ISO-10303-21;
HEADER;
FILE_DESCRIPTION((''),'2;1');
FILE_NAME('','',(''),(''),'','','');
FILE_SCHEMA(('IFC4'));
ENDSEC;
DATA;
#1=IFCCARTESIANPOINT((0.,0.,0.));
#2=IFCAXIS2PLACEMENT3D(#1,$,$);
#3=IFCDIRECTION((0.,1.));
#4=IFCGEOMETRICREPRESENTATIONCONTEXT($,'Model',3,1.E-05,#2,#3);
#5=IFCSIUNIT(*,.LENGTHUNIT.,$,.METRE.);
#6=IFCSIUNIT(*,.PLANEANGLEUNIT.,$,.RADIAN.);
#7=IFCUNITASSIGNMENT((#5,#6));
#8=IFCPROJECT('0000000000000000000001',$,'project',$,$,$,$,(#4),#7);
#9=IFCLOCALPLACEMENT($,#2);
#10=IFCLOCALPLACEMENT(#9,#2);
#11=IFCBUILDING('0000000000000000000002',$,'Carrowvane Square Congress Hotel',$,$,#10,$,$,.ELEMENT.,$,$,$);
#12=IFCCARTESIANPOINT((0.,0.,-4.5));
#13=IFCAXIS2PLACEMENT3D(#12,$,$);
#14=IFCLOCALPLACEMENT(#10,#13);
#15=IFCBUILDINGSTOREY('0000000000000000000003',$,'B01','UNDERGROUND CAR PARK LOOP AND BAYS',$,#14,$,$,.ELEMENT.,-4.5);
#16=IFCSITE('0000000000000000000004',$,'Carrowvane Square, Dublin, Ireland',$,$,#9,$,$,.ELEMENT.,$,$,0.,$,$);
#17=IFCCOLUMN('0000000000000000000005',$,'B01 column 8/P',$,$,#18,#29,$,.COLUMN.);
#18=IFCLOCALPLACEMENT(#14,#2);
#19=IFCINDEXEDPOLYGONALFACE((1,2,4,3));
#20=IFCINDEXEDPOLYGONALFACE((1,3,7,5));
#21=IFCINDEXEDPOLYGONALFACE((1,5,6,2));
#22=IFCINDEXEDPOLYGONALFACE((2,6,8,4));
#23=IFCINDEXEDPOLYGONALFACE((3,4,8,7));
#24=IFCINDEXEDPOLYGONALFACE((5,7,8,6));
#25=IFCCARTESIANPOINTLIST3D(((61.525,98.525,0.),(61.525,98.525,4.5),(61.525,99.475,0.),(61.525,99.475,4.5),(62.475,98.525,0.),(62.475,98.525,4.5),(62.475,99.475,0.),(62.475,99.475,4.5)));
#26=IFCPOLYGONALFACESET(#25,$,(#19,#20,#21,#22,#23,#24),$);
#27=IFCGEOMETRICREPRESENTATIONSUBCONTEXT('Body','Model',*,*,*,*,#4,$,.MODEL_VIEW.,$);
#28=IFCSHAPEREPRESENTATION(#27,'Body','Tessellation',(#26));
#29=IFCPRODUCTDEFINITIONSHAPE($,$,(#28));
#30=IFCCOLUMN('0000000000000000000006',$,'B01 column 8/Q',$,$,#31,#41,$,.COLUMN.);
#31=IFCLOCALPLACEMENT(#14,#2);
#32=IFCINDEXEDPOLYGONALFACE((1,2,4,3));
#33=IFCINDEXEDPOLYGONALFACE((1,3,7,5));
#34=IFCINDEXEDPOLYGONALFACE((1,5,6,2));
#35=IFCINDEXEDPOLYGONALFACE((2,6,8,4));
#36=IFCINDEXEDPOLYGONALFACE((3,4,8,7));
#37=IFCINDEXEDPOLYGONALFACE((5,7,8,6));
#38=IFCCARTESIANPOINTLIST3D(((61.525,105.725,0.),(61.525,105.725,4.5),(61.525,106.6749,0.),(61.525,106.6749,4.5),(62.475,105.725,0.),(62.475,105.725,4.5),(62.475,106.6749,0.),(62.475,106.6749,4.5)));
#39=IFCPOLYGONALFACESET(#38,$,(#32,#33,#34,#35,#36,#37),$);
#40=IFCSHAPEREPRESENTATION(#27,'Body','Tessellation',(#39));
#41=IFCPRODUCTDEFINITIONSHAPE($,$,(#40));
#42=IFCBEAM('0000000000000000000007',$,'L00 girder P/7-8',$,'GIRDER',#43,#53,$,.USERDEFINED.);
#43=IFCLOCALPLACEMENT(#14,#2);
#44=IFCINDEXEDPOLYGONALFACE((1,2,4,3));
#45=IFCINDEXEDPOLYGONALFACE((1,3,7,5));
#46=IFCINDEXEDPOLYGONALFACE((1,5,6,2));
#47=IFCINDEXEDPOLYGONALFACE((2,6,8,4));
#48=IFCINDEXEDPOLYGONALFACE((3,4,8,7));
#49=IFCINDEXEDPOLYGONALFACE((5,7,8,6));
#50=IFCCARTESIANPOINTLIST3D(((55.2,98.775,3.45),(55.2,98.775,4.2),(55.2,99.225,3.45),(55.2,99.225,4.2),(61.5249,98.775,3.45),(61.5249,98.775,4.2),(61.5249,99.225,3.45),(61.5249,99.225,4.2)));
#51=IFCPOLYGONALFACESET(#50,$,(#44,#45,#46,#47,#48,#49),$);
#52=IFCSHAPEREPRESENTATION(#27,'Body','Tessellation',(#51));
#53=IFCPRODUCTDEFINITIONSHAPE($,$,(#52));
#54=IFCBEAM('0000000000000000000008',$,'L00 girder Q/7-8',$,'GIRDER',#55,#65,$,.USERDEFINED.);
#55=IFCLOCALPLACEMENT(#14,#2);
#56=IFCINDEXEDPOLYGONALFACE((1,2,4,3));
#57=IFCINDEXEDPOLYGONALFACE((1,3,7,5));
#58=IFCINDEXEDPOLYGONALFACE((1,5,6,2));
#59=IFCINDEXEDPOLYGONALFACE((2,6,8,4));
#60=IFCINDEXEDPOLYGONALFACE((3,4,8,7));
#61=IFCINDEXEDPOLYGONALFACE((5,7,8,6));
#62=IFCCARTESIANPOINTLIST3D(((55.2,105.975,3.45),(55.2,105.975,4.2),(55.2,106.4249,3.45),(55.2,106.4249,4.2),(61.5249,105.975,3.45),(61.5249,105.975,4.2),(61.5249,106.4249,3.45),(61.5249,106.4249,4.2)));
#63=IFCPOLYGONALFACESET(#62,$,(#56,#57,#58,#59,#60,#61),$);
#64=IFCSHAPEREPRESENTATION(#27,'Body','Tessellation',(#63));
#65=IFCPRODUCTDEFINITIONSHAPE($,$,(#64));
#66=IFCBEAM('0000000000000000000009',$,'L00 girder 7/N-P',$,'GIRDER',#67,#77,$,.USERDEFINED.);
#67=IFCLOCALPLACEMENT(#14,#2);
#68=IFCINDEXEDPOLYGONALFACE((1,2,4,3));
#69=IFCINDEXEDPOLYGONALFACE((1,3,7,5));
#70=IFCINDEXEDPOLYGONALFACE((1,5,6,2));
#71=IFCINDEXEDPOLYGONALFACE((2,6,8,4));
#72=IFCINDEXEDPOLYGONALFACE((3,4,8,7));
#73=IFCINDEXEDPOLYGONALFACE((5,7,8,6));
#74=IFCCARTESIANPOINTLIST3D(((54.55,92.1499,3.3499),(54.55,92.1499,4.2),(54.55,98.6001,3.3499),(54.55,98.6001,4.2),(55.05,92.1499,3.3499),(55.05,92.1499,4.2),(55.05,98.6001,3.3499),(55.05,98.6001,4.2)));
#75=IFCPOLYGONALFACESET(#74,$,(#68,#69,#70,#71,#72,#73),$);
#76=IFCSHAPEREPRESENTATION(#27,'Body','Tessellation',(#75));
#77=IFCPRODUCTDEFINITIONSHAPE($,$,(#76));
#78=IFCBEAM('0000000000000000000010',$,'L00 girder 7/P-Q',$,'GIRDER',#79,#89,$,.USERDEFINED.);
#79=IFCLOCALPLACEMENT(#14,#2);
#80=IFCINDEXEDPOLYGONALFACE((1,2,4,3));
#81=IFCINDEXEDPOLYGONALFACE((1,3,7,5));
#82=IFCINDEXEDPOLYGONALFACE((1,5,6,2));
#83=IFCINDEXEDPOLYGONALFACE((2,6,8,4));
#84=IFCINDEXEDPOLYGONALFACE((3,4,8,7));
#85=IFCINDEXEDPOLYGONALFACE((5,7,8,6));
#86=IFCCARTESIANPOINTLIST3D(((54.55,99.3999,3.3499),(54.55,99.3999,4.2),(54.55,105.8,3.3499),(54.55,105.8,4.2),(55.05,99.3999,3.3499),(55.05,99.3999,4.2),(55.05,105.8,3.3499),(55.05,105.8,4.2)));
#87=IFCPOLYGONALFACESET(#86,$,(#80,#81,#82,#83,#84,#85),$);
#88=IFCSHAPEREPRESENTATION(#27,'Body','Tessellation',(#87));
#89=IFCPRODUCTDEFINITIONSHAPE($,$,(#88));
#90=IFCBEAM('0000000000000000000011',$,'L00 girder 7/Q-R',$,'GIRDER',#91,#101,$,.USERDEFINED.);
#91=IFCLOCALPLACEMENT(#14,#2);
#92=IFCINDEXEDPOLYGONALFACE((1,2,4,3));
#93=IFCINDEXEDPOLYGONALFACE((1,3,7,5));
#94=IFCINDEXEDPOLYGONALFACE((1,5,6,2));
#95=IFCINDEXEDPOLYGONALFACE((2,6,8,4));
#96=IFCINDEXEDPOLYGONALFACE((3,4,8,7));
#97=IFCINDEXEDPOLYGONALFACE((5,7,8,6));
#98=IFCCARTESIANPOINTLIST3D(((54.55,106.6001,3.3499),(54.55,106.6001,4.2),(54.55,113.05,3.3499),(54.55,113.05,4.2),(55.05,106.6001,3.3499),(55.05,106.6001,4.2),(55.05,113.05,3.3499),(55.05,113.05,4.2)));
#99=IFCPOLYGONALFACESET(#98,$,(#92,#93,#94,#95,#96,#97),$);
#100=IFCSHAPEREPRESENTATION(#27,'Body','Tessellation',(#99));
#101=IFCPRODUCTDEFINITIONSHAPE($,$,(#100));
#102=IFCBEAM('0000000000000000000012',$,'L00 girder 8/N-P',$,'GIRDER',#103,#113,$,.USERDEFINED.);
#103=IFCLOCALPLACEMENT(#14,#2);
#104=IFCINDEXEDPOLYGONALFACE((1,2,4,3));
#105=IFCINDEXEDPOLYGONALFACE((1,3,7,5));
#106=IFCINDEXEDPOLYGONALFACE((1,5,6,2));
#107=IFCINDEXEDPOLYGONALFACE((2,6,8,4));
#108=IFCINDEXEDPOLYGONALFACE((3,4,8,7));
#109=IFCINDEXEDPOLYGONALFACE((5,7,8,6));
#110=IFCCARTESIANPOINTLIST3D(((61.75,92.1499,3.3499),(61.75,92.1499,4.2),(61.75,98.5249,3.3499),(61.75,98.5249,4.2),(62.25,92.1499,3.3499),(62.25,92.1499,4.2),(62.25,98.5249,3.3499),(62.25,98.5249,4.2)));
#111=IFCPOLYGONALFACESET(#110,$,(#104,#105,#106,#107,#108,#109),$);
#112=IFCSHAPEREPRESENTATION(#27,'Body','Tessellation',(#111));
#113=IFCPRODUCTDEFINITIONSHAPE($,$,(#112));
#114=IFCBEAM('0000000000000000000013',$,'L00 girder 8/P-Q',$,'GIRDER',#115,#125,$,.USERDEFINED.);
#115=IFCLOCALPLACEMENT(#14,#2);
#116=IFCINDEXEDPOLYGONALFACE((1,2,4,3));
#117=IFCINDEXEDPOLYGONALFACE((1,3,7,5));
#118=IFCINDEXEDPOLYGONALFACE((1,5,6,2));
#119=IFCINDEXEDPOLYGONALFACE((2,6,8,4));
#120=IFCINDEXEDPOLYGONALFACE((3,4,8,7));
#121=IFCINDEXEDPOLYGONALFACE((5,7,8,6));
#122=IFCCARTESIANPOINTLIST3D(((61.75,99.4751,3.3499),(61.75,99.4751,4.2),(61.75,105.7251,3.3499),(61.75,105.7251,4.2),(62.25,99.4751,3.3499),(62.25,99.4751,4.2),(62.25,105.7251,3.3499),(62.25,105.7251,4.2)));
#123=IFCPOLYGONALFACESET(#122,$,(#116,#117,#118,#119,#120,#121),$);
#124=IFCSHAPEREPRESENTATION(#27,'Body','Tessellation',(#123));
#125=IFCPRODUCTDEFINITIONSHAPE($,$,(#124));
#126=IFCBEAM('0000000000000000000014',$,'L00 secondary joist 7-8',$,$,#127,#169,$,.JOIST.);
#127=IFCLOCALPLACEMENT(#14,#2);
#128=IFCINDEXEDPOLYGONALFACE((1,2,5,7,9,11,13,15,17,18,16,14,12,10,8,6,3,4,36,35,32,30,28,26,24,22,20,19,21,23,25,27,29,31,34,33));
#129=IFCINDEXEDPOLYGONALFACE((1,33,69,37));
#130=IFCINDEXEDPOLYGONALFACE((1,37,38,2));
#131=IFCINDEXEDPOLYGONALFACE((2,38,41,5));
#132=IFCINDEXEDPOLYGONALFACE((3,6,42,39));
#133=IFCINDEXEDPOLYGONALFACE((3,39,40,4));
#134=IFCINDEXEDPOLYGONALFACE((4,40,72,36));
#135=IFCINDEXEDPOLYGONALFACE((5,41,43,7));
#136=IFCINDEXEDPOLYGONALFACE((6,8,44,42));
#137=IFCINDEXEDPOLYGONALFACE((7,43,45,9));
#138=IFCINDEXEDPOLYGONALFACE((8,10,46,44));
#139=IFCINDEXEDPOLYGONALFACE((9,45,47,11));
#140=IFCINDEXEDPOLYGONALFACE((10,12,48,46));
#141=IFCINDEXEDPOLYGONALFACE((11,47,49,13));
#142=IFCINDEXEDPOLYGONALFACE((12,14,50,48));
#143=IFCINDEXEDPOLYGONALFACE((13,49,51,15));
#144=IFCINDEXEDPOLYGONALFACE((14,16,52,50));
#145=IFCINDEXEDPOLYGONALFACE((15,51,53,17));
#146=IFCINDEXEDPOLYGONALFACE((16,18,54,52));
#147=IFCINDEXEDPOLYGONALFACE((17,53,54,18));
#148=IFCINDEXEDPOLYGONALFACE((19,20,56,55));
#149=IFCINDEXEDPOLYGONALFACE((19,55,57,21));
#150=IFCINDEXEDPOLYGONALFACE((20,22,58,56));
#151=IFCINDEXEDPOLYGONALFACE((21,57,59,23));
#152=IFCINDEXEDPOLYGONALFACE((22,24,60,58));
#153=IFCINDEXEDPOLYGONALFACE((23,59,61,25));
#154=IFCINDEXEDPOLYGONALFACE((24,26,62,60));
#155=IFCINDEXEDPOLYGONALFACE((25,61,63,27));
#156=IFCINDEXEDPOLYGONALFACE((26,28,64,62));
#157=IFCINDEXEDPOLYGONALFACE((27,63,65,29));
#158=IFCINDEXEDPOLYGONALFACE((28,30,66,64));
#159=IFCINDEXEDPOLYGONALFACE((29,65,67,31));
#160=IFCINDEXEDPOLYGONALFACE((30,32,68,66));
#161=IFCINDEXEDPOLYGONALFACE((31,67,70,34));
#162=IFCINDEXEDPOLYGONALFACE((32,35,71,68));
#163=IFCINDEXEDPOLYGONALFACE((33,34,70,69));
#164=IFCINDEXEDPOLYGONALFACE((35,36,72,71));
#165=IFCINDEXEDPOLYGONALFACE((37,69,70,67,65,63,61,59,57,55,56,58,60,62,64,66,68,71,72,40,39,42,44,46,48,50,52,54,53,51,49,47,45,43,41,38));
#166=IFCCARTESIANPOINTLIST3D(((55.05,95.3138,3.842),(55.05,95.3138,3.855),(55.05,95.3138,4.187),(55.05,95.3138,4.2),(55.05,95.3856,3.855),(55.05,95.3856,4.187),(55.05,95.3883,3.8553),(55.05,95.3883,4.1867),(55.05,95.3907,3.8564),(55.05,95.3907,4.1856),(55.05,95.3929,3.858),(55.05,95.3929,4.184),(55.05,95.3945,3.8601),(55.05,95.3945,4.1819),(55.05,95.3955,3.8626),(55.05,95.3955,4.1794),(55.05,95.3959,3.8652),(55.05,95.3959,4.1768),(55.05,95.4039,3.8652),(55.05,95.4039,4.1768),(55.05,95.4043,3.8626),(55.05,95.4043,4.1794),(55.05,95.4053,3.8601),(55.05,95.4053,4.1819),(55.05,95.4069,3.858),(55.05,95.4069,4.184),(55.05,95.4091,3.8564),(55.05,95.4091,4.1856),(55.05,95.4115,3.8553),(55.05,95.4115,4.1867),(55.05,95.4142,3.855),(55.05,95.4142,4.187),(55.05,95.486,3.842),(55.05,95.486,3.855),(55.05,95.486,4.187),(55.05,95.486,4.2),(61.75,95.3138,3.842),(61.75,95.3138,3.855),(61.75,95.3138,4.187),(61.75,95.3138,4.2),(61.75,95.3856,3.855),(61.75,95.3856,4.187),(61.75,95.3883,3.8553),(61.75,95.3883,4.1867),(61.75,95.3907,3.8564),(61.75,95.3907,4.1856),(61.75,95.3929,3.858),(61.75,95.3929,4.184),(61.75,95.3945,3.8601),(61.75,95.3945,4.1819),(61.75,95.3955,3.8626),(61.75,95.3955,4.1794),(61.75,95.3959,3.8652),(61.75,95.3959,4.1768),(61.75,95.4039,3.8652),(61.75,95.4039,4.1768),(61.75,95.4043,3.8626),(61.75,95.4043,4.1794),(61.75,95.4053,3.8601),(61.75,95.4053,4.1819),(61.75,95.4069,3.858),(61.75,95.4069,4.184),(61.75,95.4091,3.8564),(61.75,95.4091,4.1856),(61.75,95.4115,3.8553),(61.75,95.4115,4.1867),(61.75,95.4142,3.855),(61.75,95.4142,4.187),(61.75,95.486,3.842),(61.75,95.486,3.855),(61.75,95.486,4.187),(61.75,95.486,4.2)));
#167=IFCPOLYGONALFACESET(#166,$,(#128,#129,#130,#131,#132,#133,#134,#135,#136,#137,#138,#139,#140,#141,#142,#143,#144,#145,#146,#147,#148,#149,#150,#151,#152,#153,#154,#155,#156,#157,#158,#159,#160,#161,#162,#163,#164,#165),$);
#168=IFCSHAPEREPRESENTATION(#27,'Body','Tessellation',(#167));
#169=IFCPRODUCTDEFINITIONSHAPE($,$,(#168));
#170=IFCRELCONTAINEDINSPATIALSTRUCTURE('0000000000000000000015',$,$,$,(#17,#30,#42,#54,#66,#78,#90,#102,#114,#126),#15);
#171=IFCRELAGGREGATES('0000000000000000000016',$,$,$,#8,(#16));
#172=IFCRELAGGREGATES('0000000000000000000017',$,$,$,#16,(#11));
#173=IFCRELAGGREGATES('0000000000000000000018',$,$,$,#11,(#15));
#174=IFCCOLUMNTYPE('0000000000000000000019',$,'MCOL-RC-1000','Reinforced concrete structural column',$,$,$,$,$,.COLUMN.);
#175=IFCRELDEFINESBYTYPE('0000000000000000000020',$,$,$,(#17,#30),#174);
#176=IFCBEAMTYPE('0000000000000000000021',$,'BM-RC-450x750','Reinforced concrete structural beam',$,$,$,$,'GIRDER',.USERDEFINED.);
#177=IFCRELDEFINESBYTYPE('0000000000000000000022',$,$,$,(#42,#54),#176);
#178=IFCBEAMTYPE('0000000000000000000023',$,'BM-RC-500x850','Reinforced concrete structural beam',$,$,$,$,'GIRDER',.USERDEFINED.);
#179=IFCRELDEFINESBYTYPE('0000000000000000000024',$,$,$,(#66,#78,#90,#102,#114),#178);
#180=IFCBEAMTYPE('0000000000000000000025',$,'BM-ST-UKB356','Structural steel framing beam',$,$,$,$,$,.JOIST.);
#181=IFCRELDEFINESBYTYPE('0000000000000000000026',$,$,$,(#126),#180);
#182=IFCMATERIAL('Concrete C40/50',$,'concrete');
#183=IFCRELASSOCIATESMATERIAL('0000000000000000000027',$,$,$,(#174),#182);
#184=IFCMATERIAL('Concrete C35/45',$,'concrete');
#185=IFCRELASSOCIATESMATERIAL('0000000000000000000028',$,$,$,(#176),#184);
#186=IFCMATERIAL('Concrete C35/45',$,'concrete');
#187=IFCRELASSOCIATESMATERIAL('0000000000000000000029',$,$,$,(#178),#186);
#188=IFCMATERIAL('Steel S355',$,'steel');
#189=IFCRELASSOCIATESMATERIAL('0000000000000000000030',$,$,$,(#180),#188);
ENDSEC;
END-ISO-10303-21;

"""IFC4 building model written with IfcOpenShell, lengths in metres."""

from ifc_helpers import new_model, si_unit, direction, frame, origin, origin_2d, place, context, subcontext, project, spatial, rectangle, i_section, extrude, material, material_profile, profile_set, type_object, element, save


model = new_model("IFC4")

# Units and contexts
model_context = context("Model", 3, precision=1e-05, world=origin(), true_north=direction((0.0, 1.0)))
body_context = subcontext(model_context, "Body", "Model", "MODEL_VIEW")
ifc_project = project(units=[si_unit("LENGTHUNIT", "METRE"), si_unit("PLANEANGLEUNIT", "RADIAN")], contexts=[model_context])

# Site, building, storey
site_placement = place(None, origin())
site = spatial("IfcSite", under=ifc_project, at=site_placement, Name="Carrowvane Square, Dublin, Ireland", CompositionType="ELEMENT", RefElevation=0.0)
building_placement = place(site_placement, origin())
building = spatial("IfcBuilding", under=site, at=building_placement, Name="Carrowvane Square Congress Hotel", CompositionType="ELEMENT")
storey_placement = place(building_placement, frame((0.0, 0.0, -4.5)))
storey = spatial("IfcBuildingStorey", under=building, at=storey_placement, Name="B01", Description="UNDERGROUND CAR PARK LOOP AND BAYS", CompositionType="ELEMENT", Elevation=-4.5)

# Columns
ifc_material_1 = material(Name="Concrete C40/50", Category="concrete")
ifc_material_profile_1 = material_profile(ifc_material_1, rectangle(XDim=0.95, YDim=0.95, at=origin_2d()), Name="RC 950x950")
ifc_profile_set_1 = profile_set([ifc_material_profile_1], Name="Concrete C40/50")
column_type_1 = type_object("IfcColumnType", Name="MCOL-RC-1000", Description="Reinforced concrete structural column", PredefinedType="COLUMN", material=ifc_profile_set_1)
for number, where, z_axis, x_axis, name in (
    (1, (62.0, 99.0, 0.0), (0.0, 0.0, 1.0), (1.0, 0.0, 0.0), "B01 column 8/P"),
    (2, (62.0, 106.2, 0.0), (0.0, 0.0, 1.0), (1.0, 0.0, 0.0), "B01 column 8/Q"),
):
    element("IfcColumn", number, at=place(storey_placement, frame(where, z_axis=z_axis, x_axis=x_axis)), inside=storey, type_object=column_type_1, Name=name, PredefinedType="COLUMN", context=body_context, shape_type="SweptSolid", body=[
        extrude(rectangle(XDim=0.95, YDim=0.95, at=origin_2d()), origin(), (0.0, 0.0, 1.0), 4.5),
    ])

# Beams
ifc_material_2 = material(Name="Concrete C35/45", Category="concrete")
ifc_material_profile_2 = material_profile(ifc_material_2, rectangle(XDim=0.45, YDim=0.75, at=origin_2d()), Name="RC 450x750")
ifc_profile_set_2 = profile_set([ifc_material_profile_2], Name="Concrete C35/45")
beam_type_1 = type_object("IfcBeamType", Name="BM-RC-450x750", Description="Reinforced concrete structural beam", ElementType="GIRDER", PredefinedType="USERDEFINED", material=ifc_profile_set_2)
for number, where, z_axis, x_axis, name in (
    (3, (55.2, 99.0, 3.825), (1.0, 0.0, 0.0), (0.0, 1.0, 0.0), "L00 girder P/7-8"),
    (4, (55.2, 106.2, 3.825), (1.0, 0.0, 0.0), (0.0, 1.0, 0.0), "L00 girder Q/7-8"),
):
    element("IfcBeam", number, at=place(storey_placement, frame(where, z_axis=z_axis, x_axis=x_axis)), inside=storey, type_object=beam_type_1, Name=name, ObjectType="GIRDER", PredefinedType="USERDEFINED", context=body_context, shape_type="SweptSolid", body=[
        extrude(rectangle(XDim=0.45, YDim=0.75, at=origin_2d()), origin(), (0.0, 0.0, 1.0), 6.325),
    ])
ifc_material_3 = material(Name="Concrete C35/45", Category="concrete")
ifc_material_profile_3 = material_profile(ifc_material_3, rectangle(XDim=0.5, YDim=0.8501, at=origin_2d()), Name="RC 500x850")
ifc_profile_set_3 = profile_set([ifc_material_profile_3], Name="Concrete C35/45")
beam_type_2 = type_object("IfcBeamType", Name="BM-RC-500x850", Description="Reinforced concrete structural beam", ElementType="GIRDER", PredefinedType="USERDEFINED", material=ifc_profile_set_3)
beam_1_placement = place(storey_placement, frame((54.8, 92.1499, 3.7749), z_axis=(0.0, 1.0, 0.0), x_axis=(-1.0, 0.0, 0.0)))
element("IfcBeam", 5, at=beam_1_placement, inside=storey, type_object=beam_type_2, Name="L00 girder 7/N-P", ObjectType="GIRDER", PredefinedType="USERDEFINED", context=body_context, shape_type="SweptSolid", body=[
    extrude(rectangle(XDim=0.5, YDim=0.8501, at=origin_2d()), origin(), (0.0, 0.0, 1.0), 6.4502),
])
beam_2_placement = place(storey_placement, frame((54.8, 99.3999, 3.7749), z_axis=(0.0, 1.0, 0.0), x_axis=(-1.0, 0.0, 0.0)))
element("IfcBeam", 6, at=beam_2_placement, inside=storey, type_object=beam_type_2, Name="L00 girder 7/P-Q", ObjectType="GIRDER", PredefinedType="USERDEFINED", context=body_context, shape_type="SweptSolid", body=[
    extrude(rectangle(XDim=0.5, YDim=0.8501, at=origin_2d()), origin(), (0.0, 0.0, 1.0), 6.4001),
])
beam_3_placement = place(storey_placement, frame((54.8, 106.6001, 3.7749), z_axis=(0.0, 1.0, 0.0), x_axis=(-1.0, 0.0, 0.0)))
element("IfcBeam", 7, at=beam_3_placement, inside=storey, type_object=beam_type_2, Name="L00 girder 7/Q-R", ObjectType="GIRDER", PredefinedType="USERDEFINED", context=body_context, shape_type="SweptSolid", body=[
    extrude(rectangle(XDim=0.5, YDim=0.8501, at=origin_2d()), origin(), (0.0, 0.0, 1.0), 6.45),
])
beam_4_placement = place(storey_placement, frame((62.0, 92.1499, 3.7749), z_axis=(0.0, 1.0, 0.0), x_axis=(-1.0, 0.0, 0.0)))
element("IfcBeam", 8, at=beam_4_placement, inside=storey, type_object=beam_type_2, Name="L00 girder 8/N-P", ObjectType="GIRDER", PredefinedType="USERDEFINED", context=body_context, shape_type="SweptSolid", body=[
    extrude(rectangle(XDim=0.5, YDim=0.8501, at=origin_2d()), origin(), (0.0, 0.0, 1.0), 6.375),
])
beam_5_placement = place(storey_placement, frame((62.0, 99.4751, 3.7749), z_axis=(0.0, 1.0, 0.0), x_axis=(-1.0, 0.0, 0.0)))
element("IfcBeam", 9, at=beam_5_placement, inside=storey, type_object=beam_type_2, Name="L00 girder 8/P-Q", ObjectType="GIRDER", PredefinedType="USERDEFINED", context=body_context, shape_type="SweptSolid", body=[
    extrude(rectangle(XDim=0.5, YDim=0.8501, at=origin_2d()), origin(), (0.0, 0.0, 1.0), 6.25),
])
ifc_material_4 = material(Name="Steel S355", Category="steel")
ifc_material_profile_4 = material_profile(ifc_material_4, i_section(OverallWidth=0.1721, OverallDepth=0.3579, WebThickness=0.0081, FlangeThickness=0.0129, FilletRadius=0.0103, at=origin_2d()), Name="UKB 356x171x57")
ifc_profile_set_4 = profile_set([ifc_material_profile_4], Name="Steel S355")
beam_type_3 = type_object("IfcBeamType", Name="BM-ST-UKB356", Description="Structural steel framing beam", PredefinedType="JOIST", material=ifc_profile_set_4)
for number, where, z_axis, x_axis, name in (
    (10, (55.05, 95.3999, 4.021), (1.0, 0.0, 0.0), (0.0, 1.0, 0.0), "L00 secondary joist 7-8"),
):
    element("IfcBeam", number, at=place(storey_placement, frame(where, z_axis=z_axis, x_axis=x_axis)), inside=storey, type_object=beam_type_3, Name=name, PredefinedType="JOIST", context=body_context, shape_type="SweptSolid", body=[
        extrude(i_section(OverallWidth=0.1721, OverallDepth=0.3579, WebThickness=0.0081, FlangeThickness=0.0129, FilletRadius=0.0103, at=origin_2d()), origin(), (0.0, 0.0, 1.0), 6.7),
    ])

save(model, "model.ifc")
